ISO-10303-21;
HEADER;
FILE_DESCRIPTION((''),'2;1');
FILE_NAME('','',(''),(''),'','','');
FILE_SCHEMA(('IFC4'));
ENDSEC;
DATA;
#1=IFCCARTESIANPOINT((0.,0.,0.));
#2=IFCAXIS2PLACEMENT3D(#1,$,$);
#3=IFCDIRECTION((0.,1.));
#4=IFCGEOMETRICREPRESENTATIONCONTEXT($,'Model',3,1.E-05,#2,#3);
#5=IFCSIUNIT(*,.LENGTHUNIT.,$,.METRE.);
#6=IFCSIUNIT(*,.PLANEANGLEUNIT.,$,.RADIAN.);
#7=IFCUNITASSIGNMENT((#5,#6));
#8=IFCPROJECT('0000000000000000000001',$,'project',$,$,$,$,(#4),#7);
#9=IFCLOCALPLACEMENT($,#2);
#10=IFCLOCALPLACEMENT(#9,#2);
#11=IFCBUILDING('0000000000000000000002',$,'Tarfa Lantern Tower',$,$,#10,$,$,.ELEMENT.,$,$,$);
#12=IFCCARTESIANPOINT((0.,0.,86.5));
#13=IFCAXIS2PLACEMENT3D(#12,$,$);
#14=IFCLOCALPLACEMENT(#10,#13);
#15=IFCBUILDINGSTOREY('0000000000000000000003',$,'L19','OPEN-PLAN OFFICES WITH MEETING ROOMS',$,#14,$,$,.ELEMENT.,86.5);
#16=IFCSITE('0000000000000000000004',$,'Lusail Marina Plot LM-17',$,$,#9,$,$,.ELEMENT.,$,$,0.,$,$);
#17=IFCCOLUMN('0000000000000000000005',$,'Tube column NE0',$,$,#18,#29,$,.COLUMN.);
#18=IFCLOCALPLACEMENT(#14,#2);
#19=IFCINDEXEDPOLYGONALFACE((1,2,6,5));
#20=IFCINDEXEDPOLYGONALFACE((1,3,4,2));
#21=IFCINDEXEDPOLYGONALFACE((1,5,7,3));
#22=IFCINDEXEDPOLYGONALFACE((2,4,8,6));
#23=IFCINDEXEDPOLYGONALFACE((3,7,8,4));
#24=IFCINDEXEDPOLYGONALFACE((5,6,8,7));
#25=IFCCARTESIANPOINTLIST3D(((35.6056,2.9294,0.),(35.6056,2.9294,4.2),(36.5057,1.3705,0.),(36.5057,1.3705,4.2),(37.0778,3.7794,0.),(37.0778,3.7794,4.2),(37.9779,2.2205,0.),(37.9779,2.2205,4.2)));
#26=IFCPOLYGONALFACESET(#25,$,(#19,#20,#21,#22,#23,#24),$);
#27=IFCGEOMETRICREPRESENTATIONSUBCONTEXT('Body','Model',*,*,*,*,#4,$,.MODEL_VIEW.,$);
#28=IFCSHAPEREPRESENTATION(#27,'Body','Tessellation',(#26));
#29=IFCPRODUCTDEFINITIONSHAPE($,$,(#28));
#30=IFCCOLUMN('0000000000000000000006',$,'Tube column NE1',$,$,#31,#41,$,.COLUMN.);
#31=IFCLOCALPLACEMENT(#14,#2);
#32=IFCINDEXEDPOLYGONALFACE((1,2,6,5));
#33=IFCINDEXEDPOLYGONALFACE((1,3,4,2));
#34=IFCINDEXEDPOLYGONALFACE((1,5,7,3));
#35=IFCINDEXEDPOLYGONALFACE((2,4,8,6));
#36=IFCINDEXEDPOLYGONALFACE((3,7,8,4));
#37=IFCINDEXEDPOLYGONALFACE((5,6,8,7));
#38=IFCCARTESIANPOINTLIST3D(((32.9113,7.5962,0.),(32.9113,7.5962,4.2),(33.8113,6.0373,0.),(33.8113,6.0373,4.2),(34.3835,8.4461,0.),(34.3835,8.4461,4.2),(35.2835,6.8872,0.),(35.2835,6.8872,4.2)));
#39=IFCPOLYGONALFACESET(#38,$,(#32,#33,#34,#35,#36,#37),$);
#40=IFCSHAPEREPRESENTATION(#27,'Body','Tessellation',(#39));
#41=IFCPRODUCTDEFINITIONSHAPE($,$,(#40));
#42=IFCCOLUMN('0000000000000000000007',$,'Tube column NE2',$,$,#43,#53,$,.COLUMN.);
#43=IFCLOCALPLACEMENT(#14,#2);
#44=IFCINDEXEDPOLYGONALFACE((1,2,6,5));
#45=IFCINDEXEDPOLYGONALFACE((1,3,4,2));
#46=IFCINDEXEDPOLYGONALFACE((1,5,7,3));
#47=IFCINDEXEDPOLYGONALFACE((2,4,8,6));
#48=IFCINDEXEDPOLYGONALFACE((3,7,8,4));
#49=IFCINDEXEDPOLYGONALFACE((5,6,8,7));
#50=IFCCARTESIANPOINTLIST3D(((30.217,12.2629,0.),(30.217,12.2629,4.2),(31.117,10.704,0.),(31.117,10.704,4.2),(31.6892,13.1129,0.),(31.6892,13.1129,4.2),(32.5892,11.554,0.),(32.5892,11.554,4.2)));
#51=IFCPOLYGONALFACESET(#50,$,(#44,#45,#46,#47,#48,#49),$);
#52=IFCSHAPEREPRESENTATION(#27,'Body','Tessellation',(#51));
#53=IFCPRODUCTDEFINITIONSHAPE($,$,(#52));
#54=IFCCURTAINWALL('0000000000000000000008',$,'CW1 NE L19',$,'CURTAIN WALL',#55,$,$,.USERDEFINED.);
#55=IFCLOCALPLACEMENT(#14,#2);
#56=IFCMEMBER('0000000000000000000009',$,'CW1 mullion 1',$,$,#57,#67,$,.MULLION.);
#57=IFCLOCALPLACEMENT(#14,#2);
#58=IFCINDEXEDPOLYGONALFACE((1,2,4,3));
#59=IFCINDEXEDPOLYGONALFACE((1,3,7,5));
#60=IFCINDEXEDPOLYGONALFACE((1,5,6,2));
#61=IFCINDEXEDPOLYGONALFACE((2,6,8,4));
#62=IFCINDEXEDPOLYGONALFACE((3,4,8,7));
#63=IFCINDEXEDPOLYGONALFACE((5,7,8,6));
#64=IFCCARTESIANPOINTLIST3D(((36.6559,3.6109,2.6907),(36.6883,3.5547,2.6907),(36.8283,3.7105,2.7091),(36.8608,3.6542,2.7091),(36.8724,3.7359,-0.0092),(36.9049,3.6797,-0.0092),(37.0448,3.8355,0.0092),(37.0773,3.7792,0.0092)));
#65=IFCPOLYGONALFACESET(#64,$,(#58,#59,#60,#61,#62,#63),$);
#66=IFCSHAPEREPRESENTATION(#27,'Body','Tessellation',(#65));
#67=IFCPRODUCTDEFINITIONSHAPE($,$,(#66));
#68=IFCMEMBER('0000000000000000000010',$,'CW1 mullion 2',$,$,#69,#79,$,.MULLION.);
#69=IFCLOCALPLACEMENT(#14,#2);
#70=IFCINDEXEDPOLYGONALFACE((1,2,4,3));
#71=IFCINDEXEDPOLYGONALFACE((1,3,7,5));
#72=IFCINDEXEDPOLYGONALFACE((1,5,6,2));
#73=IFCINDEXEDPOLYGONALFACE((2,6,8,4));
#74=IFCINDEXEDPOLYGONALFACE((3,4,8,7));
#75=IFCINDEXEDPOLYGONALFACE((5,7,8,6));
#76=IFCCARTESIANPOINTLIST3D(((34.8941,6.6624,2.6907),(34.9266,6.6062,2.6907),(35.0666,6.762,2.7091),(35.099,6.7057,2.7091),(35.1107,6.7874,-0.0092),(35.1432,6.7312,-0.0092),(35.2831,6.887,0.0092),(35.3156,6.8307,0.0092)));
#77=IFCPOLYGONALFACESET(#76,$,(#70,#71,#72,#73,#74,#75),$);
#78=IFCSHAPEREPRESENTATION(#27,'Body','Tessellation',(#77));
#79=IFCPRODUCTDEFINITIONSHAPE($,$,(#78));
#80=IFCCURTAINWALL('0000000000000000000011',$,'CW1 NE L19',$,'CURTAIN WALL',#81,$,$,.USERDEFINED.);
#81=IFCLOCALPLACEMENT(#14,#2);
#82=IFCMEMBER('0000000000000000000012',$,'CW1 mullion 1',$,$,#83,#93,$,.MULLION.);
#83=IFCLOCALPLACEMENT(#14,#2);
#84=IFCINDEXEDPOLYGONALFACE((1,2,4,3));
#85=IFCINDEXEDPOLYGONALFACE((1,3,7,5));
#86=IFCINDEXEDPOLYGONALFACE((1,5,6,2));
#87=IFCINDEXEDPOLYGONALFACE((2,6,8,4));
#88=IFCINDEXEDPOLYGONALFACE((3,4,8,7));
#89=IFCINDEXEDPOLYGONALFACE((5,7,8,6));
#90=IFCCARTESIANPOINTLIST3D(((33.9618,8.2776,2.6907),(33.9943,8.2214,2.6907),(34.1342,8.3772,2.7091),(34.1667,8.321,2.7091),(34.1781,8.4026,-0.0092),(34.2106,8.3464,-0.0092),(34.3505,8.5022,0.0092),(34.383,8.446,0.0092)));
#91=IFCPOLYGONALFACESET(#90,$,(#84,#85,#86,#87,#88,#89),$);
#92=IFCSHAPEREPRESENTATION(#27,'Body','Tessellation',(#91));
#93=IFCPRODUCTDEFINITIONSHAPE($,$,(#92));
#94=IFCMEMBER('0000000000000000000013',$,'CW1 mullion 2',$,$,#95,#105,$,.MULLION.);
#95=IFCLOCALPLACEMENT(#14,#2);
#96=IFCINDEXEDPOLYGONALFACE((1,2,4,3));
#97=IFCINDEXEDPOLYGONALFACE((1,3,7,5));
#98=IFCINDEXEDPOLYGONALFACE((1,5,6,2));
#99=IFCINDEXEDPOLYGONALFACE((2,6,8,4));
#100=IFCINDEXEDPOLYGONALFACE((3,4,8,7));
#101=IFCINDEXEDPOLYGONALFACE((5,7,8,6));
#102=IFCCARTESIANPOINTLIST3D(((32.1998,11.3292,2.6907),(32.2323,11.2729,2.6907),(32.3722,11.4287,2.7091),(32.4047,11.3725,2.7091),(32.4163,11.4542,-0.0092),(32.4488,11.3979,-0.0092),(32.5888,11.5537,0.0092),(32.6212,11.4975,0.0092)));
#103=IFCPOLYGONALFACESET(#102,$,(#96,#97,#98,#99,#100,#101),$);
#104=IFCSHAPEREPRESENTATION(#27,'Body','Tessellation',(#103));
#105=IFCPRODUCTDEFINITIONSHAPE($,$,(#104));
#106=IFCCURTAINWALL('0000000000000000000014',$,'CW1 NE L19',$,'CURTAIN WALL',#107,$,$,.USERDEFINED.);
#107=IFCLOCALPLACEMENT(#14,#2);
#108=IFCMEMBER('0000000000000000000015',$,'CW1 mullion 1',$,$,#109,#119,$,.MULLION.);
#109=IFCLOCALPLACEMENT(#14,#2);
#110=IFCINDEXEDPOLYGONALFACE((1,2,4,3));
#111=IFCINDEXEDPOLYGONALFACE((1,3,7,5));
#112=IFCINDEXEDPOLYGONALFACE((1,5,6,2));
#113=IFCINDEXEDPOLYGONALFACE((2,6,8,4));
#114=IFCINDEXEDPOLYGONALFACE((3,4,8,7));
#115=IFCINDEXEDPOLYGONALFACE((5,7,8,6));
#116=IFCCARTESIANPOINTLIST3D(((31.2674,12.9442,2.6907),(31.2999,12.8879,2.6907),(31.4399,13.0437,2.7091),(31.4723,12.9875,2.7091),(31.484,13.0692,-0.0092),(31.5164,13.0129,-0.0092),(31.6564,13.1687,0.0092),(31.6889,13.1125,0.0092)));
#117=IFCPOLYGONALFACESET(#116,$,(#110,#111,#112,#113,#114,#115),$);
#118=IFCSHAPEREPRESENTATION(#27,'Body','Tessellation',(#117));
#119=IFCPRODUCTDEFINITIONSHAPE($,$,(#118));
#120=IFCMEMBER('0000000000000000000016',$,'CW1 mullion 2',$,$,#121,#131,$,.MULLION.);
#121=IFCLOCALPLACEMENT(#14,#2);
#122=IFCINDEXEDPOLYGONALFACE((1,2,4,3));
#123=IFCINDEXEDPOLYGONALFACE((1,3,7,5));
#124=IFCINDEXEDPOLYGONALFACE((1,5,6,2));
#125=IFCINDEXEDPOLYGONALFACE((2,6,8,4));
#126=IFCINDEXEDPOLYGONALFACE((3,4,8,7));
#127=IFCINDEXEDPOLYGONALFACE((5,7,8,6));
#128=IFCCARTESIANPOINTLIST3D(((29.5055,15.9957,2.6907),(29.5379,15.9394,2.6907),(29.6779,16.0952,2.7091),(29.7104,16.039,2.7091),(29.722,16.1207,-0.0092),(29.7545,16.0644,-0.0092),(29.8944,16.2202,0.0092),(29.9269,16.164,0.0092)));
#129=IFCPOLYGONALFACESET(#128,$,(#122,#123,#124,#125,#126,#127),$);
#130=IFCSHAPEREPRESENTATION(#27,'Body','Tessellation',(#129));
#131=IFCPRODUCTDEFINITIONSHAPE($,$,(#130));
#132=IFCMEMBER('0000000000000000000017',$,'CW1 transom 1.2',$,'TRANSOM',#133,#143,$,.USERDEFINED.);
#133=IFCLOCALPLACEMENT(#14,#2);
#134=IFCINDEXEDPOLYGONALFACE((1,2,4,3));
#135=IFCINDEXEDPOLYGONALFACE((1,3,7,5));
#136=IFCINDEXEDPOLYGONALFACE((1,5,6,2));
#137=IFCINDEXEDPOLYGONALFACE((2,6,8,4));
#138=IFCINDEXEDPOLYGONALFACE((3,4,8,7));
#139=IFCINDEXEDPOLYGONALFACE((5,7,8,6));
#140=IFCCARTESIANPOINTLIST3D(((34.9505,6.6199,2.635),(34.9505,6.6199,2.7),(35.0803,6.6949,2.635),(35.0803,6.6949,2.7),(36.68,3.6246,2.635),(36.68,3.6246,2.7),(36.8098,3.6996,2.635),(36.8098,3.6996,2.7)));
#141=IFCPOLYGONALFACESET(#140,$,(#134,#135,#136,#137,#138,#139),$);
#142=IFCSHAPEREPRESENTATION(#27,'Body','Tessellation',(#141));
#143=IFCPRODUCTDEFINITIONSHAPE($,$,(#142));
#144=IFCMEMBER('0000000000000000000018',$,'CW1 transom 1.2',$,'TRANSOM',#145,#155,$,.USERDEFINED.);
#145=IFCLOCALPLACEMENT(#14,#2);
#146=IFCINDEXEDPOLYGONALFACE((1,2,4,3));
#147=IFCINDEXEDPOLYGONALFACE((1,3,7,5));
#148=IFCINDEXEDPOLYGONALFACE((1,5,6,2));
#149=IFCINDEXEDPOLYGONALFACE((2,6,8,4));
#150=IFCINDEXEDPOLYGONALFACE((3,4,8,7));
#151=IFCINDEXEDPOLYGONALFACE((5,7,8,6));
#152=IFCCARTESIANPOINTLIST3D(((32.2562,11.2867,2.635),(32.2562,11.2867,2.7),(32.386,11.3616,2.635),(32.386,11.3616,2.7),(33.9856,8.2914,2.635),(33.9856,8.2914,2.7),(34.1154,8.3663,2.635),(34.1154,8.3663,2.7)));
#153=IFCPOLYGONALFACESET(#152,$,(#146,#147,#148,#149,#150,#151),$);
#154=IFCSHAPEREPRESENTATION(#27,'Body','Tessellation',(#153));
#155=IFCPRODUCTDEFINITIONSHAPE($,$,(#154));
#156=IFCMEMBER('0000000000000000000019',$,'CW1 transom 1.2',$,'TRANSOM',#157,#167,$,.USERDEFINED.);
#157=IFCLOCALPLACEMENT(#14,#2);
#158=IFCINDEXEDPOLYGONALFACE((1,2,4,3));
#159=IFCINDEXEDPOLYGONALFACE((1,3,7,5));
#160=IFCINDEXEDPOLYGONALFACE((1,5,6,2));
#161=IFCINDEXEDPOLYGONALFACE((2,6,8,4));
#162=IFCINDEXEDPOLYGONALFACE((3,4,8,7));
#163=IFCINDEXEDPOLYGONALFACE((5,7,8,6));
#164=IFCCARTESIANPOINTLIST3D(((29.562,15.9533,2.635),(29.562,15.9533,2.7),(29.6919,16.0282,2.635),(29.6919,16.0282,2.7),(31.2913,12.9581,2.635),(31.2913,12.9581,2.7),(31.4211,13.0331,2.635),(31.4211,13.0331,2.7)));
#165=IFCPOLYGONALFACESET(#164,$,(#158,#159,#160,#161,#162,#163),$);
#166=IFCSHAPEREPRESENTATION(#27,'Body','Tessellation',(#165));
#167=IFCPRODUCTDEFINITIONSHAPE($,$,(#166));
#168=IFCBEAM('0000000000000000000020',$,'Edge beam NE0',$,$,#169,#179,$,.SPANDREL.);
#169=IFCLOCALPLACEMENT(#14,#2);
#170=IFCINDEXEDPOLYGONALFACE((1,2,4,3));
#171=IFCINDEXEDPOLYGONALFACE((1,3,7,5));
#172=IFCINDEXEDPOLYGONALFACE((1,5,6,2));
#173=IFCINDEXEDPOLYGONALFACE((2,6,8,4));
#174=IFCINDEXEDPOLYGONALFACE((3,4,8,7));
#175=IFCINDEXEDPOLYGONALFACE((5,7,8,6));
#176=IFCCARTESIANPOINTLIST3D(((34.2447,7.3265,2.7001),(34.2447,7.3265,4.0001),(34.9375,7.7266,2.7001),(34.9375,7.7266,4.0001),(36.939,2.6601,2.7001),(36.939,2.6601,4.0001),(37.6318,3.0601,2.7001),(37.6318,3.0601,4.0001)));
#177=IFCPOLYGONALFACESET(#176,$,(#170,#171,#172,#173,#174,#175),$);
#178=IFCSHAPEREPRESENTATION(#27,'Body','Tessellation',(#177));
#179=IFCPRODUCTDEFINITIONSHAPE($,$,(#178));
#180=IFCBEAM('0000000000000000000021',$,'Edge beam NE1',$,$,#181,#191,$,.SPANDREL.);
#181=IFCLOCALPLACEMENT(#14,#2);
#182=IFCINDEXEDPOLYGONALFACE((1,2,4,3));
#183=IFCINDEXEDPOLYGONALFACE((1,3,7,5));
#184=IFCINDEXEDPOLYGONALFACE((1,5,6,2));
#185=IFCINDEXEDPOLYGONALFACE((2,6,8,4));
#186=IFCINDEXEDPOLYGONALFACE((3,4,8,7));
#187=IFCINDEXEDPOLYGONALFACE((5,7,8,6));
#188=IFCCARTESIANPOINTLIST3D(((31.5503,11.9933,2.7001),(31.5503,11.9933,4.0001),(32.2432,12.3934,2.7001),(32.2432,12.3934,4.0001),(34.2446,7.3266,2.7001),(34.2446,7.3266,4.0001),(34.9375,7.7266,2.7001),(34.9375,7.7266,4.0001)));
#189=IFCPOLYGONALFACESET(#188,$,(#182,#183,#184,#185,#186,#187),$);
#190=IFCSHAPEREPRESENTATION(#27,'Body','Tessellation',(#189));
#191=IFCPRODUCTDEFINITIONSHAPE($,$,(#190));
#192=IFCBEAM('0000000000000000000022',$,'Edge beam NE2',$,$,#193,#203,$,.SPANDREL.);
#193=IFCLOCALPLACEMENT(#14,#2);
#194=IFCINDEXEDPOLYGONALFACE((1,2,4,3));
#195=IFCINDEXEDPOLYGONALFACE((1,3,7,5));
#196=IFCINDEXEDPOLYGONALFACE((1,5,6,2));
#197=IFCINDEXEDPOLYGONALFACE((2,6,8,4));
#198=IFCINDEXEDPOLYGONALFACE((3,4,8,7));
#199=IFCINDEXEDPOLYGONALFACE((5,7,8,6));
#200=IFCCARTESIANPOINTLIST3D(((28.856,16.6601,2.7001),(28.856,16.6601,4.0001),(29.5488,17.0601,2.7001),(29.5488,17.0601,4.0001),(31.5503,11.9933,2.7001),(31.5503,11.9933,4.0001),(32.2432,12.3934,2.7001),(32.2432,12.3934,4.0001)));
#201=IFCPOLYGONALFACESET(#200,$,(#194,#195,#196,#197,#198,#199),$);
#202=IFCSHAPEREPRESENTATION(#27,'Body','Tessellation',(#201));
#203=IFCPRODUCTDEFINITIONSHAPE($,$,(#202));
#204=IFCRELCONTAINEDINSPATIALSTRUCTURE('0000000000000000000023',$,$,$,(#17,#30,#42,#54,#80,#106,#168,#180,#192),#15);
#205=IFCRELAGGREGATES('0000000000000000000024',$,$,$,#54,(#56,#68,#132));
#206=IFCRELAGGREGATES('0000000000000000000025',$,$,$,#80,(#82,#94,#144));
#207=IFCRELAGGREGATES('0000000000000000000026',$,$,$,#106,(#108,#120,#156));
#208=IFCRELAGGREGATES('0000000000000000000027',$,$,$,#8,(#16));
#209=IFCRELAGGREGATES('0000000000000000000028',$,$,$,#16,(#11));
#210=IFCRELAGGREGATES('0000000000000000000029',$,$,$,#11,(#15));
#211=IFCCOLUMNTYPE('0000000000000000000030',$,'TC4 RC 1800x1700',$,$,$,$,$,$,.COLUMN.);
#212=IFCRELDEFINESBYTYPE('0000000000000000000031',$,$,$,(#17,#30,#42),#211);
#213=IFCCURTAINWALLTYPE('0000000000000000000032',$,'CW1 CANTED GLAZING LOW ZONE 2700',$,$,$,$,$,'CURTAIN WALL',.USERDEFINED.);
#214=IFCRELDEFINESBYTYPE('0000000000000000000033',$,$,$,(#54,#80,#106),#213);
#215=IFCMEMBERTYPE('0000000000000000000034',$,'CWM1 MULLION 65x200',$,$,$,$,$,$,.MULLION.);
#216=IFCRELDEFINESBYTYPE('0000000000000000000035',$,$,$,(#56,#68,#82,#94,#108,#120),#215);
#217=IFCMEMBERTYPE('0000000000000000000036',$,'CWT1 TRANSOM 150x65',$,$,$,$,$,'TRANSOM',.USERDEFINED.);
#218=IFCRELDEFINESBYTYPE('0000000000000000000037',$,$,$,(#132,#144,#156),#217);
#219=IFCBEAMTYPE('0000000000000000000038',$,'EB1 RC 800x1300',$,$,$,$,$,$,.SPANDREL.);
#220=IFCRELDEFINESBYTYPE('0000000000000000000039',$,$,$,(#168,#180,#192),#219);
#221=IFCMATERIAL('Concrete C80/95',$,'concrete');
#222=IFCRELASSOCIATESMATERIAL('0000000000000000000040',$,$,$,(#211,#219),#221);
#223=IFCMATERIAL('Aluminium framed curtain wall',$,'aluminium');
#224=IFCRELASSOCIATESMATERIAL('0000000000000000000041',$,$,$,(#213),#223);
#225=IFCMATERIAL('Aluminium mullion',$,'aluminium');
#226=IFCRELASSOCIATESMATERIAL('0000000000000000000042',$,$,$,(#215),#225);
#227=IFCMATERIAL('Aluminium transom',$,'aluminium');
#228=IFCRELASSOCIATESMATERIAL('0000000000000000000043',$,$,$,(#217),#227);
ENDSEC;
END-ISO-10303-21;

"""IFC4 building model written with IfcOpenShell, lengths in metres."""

from ifc_helpers import new_model, si_unit, direction, frame, origin, origin_2d, place, context, subcontext, project, spatial, rectangle, extrude, material, material_profile, profile_set, type_object, element, aggregate, save


model = new_model("IFC4")

# Units and contexts
model_context = context("Model", 3, precision=1e-05, world=origin(), true_north=direction((0.0, 1.0)))
body_context = subcontext(model_context, "Body", "Model", "MODEL_VIEW")
ifc_project = project(units=[si_unit("LENGTHUNIT", "METRE"), si_unit("PLANEANGLEUNIT", "RADIAN")], contexts=[model_context])

# Site, building, storey
site_placement = place(None, origin())
site = spatial("IfcSite", under=ifc_project, at=site_placement, Name="Lusail Marina Plot LM-17", CompositionType="ELEMENT", RefElevation=0.0)
building_placement = place(site_placement, origin())
building = spatial("IfcBuilding", under=site, at=building_placement, Name="Tarfa Lantern Tower", CompositionType="ELEMENT")
storey_placement = place(building_placement, frame((0.0, 0.0, 86.5)))
storey = spatial("IfcBuildingStorey", under=building, at=storey_placement, Name="L19", Description="OPEN-PLAN OFFICES WITH MEETING ROOMS", CompositionType="ELEMENT", Elevation=86.5)

# Columns
ifc_material_1 = material(Name="Concrete C80/95", Category="concrete")
ifc_material_profile_1 = material_profile(ifc_material_1, rectangle(XDim=1.8, YDim=1.7, at=origin_2d()), Name="RC 1800x1700")
ifc_profile_set_1 = profile_set([ifc_material_profile_1], Name="Concrete C80/95")
column_type = type_object("IfcColumnType", Name="TC4 RC 1800x1700", PredefinedType="COLUMN", material=ifc_profile_set_1)
for number, where, z_axis, x_axis, name in (
    (1, (36.7917, 2.575, 0.0), (0.0, 0.0, 1.0), (-0.5, 0.866025, 0.0), "Tube column NE0"),
    (2, (34.0974, 7.2417, 0.0), (0.0, 0.0, 1.0), (-0.5, 0.866025, 0.0), "Tube column NE1"),
    (3, (31.4031, 11.9084, 0.0), (0.0, 0.0, 1.0), (-0.5, 0.866025, 0.0), "Tube column NE2"),
):
    element("IfcColumn", number, at=place(storey_placement, frame(where, z_axis=z_axis, x_axis=x_axis)), inside=storey, type_object=column_type, Name=name, PredefinedType="COLUMN", context=body_context, shape_type="SweptSolid", body=[
        extrude(rectangle(XDim=1.8, YDim=1.7, at=origin_2d()), origin(), (0.0, 0.0, 1.0), 4.2),
    ])

# Curtain walls, members
ifc_material_2 = material(Name="Aluminium framed curtain wall", Category="aluminium")
curtain_wall_type = type_object("IfcCurtainWallType", Name="CW1 CANTED GLAZING LOW ZONE 2700", ElementType="CURTAIN WALL", PredefinedType="USERDEFINED", material=ifc_material_2)
curtain_wall_1_placement = place(storey_placement, origin())
curtain_wall_1 = element("IfcCurtainWall", 4, at=curtain_wall_1_placement, inside=storey, type_object=curtain_wall_type, Name="CW1 NE L19", ObjectType="CURTAIN WALL", PredefinedType="USERDEFINED")
ifc_material_3 = material(Name="Aluminium mullion", Category="aluminium")
ifc_material_profile_2 = material_profile(ifc_material_3, rectangle(XDim=0.0649, YDim=0.2, at=origin_2d()), Name="AL MULLION 65x200")
ifc_profile_set_2 = profile_set([ifc_material_profile_2], Name="Aluminium mullion")
member_type_1 = type_object("IfcMemberType", Name="CWM1 MULLION 65x200", PredefinedType="MULLION", material=ifc_profile_set_2)
member_1_placement = place(storey_placement, frame((36.9749, 3.7576, 0.0), z_axis=(-0.079864, -0.0461, 0.995739), x_axis=(0.49992, -0.866072, 0.0)))
member_1 = element("IfcMember", 5, at=member_1_placement, type_object=member_type_1, Name="CW1 mullion 1", PredefinedType="MULLION", context=body_context, shape_type="SweptSolid", body=[
    extrude(rectangle(XDim=0.0649, YDim=0.2, at=origin_2d()), origin(), (0.0, 0.0, 1.0), 2.7114),
])
member_2_placement = place(storey_placement, frame((35.2131, 6.8091, 0.0), z_axis=(-0.079864, -0.0461, 0.995739), x_axis=(0.49992, -0.866072, 0.0)))
member_2 = element("IfcMember", 6, at=member_2_placement, type_object=member_type_1, Name="CW1 mullion 2", PredefinedType="MULLION", context=body_context, shape_type="SweptSolid", body=[
    extrude(rectangle(XDim=0.0649, YDim=0.2, at=origin_2d()), origin(), (0.0, 0.0, 1.0), 2.7114),
])
curtain_wall_2_placement = place(storey_placement, origin())
curtain_wall_2 = element("IfcCurtainWall", 7, at=curtain_wall_2_placement, inside=storey, type_object=curtain_wall_type, Name="CW1 NE L19", ObjectType="CURTAIN WALL", PredefinedType="USERDEFINED")
member_3_placement = place(storey_placement, frame((34.2805, 8.4243, 0.0), z_axis=(-0.079775, -0.0461, 0.995746), x_axis=(0.500343, -0.865827, 0.0)))
member_3 = element("IfcMember", 8, at=member_3_placement, type_object=member_type_1, Name="CW1 mullion 1", PredefinedType="MULLION", context=body_context, shape_type="SweptSolid", body=[
    extrude(rectangle(XDim=0.0649, YDim=0.2, at=origin_2d()), origin(), (0.0, 0.0, 1.0), 2.7114),
])
member_4_placement = place(storey_placement, frame((32.5188, 11.4758, 0.0), z_axis=(-0.079864, -0.0461, 0.995739), x_axis=(0.49992, -0.866072, 0.0)))
member_4 = element("IfcMember", 9, at=member_4_placement, type_object=member_type_1, Name="CW1 mullion 2", PredefinedType="MULLION", context=body_context, shape_type="SweptSolid", body=[
    extrude(rectangle(XDim=0.0649, YDim=0.2, at=origin_2d()), origin(), (0.0, 0.0, 1.0), 2.7114),
])
curtain_wall_3_placement = place(storey_placement, origin())
curtain_wall_3 = element("IfcCurtainWall", 10, at=curtain_wall_3_placement, inside=storey, type_object=curtain_wall_type, Name="CW1 NE L19", ObjectType="CURTAIN WALL", PredefinedType="USERDEFINED")
member_5_placement = place(storey_placement, frame((31.5864, 13.0908, 0.0), z_axis=(-0.079864, -0.0461, 0.995739), x_axis=(0.49992, -0.866072, 0.0)))
member_5 = element("IfcMember", 11, at=member_5_placement, type_object=member_type_1, Name="CW1 mullion 1", PredefinedType="MULLION", context=body_context, shape_type="SweptSolid", body=[
    extrude(rectangle(XDim=0.0649, YDim=0.2, at=origin_2d()), origin(), (0.0, 0.0, 1.0), 2.7114),
])
member_6_placement = place(storey_placement, frame((29.8245, 16.1423, 0.0), z_axis=(-0.079864, -0.0461, 0.995739), x_axis=(0.49992, -0.866072, 0.0)))
member_6 = element("IfcMember", 12, at=member_6_placement, type_object=member_type_1, Name="CW1 mullion 2", PredefinedType="MULLION", context=body_context, shape_type="SweptSolid", body=[
    extrude(rectangle(XDim=0.0649, YDim=0.2, at=origin_2d()), origin(), (0.0, 0.0, 1.0), 2.7114),
])

# Members
ifc_material_4 = material(Name="Aluminium transom", Category="aluminium")
ifc_material_profile_3 = material_profile(ifc_material_4, rectangle(XDim=0.1499, YDim=0.0649, at=origin_2d()), Name="AL TRANSOM 150x65")
ifc_profile_set_3 = profile_set([ifc_material_profile_3], Name="Aluminium transom")
member_type_2 = type_object("IfcMemberType", Name="CWT1 TRANSOM 150x65", ElementType="TRANSOM", PredefinedType="USERDEFINED", material=ifc_profile_set_3)
member_7_placement = place(storey_placement, frame((36.7449, 3.6621, 2.6675), z_axis=(-0.500026, 0.86601, 0.0), x_axis=(-0.86601, -0.500026, 0.0)))
member_7 = element("IfcMember", 13, at=member_7_placement, type_object=member_type_2, Name="CW1 transom 1.2", ObjectType="TRANSOM", PredefinedType="USERDEFINED", context=body_context, shape_type="SweptSolid", body=[
    extrude(rectangle(XDim=0.1499, YDim=0.0649, at=origin_2d()), origin(), (0.0, 0.0, 1.0), 3.4587),
])
member_8_placement = place(storey_placement, frame((34.0505, 8.3289, 2.6675), z_axis=(-0.500026, 0.86601, 0.0), x_axis=(-0.86601, -0.500026, 0.0)))
member_8 = element("IfcMember", 14, at=member_8_placement, type_object=member_type_2, Name="CW1 transom 1.2", ObjectType="TRANSOM", PredefinedType="USERDEFINED", context=body_context, shape_type="SweptSolid", body=[
    extrude(rectangle(XDim=0.1499, YDim=0.0649, at=origin_2d()), origin(), (0.0, 0.0, 1.0), 3.4587),
])
member_9_placement = place(storey_placement, frame((31.3562, 12.9956, 2.6675), z_axis=(-0.500004, 0.866023, 0.0), x_axis=(-0.866023, -0.500004, 0.0)))
member_9 = element("IfcMember", 15, at=member_9_placement, type_object=member_type_2, Name="CW1 transom 1.2", ObjectType="TRANSOM", PredefinedType="USERDEFINED", context=body_context, shape_type="SweptSolid", body=[
    extrude(rectangle(XDim=0.1499, YDim=0.0649, at=origin_2d()), origin(), (0.0, 0.0, 1.0), 3.4585),
])

# Beams
ifc_material_profile_4 = material_profile(ifc_material_1, rectangle(XDim=0.8, YDim=1.3, at=origin_2d()), Name="RC 800x1300")
ifc_profile_set_4 = profile_set([ifc_material_profile_4], Name="Concrete C80/95")
beam_type_1 = type_object("IfcBeamType", Name="EB1 RC 800x1300", PredefinedType="SPANDREL", material=ifc_profile_set_4)
beam_1_placement = place(storey_placement, frame((37.2854, 2.8601, 3.3501), z_axis=(-0.500018, 0.866015, 0.0), x_axis=(-0.866015, -0.500018, 0.0)))
element("IfcBeam", 16, at=beam_1_placement, inside=storey, type_object=beam_type_1, Name="Edge beam NE0", PredefinedType="SPANDREL", context=body_context, shape_type="SweptSolid", body=[
    extrude(rectangle(XDim=0.8, YDim=1.3, at=origin_2d()), origin(), (0.0, 0.0, 1.0), 5.3884),
])
for number, where, z_axis, x_axis, name in (
    (17, (34.5911, 7.5266, 3.3501), (-0.499998, 0.866026, 0.0), (-0.866026, -0.499998, 0.0), "Edge beam NE1"),
    (18, (31.8967, 12.1934, 3.3501), (-0.499998, 0.866026, 0.0), (-0.866026, -0.499998, 0.0), "Edge beam NE2"),
):
    element("IfcBeam", number, at=place(storey_placement, frame(where, z_axis=z_axis, x_axis=x_axis)), inside=storey, type_object=beam_type_1, Name=name, PredefinedType="SPANDREL", context=body_context, shape_type="SweptSolid", body=[
        extrude(rectangle(XDim=0.8, YDim=1.3, at=origin_2d()), origin(), (0.0, 0.0, 1.0), 5.3887),
    ])

aggregate(curtain_wall_1, [member_1, member_2, member_7])
aggregate(curtain_wall_2, [member_3, member_4, member_8])
aggregate(curtain_wall_3, [member_5, member_6, member_9])

save(model, "model.ifc")
